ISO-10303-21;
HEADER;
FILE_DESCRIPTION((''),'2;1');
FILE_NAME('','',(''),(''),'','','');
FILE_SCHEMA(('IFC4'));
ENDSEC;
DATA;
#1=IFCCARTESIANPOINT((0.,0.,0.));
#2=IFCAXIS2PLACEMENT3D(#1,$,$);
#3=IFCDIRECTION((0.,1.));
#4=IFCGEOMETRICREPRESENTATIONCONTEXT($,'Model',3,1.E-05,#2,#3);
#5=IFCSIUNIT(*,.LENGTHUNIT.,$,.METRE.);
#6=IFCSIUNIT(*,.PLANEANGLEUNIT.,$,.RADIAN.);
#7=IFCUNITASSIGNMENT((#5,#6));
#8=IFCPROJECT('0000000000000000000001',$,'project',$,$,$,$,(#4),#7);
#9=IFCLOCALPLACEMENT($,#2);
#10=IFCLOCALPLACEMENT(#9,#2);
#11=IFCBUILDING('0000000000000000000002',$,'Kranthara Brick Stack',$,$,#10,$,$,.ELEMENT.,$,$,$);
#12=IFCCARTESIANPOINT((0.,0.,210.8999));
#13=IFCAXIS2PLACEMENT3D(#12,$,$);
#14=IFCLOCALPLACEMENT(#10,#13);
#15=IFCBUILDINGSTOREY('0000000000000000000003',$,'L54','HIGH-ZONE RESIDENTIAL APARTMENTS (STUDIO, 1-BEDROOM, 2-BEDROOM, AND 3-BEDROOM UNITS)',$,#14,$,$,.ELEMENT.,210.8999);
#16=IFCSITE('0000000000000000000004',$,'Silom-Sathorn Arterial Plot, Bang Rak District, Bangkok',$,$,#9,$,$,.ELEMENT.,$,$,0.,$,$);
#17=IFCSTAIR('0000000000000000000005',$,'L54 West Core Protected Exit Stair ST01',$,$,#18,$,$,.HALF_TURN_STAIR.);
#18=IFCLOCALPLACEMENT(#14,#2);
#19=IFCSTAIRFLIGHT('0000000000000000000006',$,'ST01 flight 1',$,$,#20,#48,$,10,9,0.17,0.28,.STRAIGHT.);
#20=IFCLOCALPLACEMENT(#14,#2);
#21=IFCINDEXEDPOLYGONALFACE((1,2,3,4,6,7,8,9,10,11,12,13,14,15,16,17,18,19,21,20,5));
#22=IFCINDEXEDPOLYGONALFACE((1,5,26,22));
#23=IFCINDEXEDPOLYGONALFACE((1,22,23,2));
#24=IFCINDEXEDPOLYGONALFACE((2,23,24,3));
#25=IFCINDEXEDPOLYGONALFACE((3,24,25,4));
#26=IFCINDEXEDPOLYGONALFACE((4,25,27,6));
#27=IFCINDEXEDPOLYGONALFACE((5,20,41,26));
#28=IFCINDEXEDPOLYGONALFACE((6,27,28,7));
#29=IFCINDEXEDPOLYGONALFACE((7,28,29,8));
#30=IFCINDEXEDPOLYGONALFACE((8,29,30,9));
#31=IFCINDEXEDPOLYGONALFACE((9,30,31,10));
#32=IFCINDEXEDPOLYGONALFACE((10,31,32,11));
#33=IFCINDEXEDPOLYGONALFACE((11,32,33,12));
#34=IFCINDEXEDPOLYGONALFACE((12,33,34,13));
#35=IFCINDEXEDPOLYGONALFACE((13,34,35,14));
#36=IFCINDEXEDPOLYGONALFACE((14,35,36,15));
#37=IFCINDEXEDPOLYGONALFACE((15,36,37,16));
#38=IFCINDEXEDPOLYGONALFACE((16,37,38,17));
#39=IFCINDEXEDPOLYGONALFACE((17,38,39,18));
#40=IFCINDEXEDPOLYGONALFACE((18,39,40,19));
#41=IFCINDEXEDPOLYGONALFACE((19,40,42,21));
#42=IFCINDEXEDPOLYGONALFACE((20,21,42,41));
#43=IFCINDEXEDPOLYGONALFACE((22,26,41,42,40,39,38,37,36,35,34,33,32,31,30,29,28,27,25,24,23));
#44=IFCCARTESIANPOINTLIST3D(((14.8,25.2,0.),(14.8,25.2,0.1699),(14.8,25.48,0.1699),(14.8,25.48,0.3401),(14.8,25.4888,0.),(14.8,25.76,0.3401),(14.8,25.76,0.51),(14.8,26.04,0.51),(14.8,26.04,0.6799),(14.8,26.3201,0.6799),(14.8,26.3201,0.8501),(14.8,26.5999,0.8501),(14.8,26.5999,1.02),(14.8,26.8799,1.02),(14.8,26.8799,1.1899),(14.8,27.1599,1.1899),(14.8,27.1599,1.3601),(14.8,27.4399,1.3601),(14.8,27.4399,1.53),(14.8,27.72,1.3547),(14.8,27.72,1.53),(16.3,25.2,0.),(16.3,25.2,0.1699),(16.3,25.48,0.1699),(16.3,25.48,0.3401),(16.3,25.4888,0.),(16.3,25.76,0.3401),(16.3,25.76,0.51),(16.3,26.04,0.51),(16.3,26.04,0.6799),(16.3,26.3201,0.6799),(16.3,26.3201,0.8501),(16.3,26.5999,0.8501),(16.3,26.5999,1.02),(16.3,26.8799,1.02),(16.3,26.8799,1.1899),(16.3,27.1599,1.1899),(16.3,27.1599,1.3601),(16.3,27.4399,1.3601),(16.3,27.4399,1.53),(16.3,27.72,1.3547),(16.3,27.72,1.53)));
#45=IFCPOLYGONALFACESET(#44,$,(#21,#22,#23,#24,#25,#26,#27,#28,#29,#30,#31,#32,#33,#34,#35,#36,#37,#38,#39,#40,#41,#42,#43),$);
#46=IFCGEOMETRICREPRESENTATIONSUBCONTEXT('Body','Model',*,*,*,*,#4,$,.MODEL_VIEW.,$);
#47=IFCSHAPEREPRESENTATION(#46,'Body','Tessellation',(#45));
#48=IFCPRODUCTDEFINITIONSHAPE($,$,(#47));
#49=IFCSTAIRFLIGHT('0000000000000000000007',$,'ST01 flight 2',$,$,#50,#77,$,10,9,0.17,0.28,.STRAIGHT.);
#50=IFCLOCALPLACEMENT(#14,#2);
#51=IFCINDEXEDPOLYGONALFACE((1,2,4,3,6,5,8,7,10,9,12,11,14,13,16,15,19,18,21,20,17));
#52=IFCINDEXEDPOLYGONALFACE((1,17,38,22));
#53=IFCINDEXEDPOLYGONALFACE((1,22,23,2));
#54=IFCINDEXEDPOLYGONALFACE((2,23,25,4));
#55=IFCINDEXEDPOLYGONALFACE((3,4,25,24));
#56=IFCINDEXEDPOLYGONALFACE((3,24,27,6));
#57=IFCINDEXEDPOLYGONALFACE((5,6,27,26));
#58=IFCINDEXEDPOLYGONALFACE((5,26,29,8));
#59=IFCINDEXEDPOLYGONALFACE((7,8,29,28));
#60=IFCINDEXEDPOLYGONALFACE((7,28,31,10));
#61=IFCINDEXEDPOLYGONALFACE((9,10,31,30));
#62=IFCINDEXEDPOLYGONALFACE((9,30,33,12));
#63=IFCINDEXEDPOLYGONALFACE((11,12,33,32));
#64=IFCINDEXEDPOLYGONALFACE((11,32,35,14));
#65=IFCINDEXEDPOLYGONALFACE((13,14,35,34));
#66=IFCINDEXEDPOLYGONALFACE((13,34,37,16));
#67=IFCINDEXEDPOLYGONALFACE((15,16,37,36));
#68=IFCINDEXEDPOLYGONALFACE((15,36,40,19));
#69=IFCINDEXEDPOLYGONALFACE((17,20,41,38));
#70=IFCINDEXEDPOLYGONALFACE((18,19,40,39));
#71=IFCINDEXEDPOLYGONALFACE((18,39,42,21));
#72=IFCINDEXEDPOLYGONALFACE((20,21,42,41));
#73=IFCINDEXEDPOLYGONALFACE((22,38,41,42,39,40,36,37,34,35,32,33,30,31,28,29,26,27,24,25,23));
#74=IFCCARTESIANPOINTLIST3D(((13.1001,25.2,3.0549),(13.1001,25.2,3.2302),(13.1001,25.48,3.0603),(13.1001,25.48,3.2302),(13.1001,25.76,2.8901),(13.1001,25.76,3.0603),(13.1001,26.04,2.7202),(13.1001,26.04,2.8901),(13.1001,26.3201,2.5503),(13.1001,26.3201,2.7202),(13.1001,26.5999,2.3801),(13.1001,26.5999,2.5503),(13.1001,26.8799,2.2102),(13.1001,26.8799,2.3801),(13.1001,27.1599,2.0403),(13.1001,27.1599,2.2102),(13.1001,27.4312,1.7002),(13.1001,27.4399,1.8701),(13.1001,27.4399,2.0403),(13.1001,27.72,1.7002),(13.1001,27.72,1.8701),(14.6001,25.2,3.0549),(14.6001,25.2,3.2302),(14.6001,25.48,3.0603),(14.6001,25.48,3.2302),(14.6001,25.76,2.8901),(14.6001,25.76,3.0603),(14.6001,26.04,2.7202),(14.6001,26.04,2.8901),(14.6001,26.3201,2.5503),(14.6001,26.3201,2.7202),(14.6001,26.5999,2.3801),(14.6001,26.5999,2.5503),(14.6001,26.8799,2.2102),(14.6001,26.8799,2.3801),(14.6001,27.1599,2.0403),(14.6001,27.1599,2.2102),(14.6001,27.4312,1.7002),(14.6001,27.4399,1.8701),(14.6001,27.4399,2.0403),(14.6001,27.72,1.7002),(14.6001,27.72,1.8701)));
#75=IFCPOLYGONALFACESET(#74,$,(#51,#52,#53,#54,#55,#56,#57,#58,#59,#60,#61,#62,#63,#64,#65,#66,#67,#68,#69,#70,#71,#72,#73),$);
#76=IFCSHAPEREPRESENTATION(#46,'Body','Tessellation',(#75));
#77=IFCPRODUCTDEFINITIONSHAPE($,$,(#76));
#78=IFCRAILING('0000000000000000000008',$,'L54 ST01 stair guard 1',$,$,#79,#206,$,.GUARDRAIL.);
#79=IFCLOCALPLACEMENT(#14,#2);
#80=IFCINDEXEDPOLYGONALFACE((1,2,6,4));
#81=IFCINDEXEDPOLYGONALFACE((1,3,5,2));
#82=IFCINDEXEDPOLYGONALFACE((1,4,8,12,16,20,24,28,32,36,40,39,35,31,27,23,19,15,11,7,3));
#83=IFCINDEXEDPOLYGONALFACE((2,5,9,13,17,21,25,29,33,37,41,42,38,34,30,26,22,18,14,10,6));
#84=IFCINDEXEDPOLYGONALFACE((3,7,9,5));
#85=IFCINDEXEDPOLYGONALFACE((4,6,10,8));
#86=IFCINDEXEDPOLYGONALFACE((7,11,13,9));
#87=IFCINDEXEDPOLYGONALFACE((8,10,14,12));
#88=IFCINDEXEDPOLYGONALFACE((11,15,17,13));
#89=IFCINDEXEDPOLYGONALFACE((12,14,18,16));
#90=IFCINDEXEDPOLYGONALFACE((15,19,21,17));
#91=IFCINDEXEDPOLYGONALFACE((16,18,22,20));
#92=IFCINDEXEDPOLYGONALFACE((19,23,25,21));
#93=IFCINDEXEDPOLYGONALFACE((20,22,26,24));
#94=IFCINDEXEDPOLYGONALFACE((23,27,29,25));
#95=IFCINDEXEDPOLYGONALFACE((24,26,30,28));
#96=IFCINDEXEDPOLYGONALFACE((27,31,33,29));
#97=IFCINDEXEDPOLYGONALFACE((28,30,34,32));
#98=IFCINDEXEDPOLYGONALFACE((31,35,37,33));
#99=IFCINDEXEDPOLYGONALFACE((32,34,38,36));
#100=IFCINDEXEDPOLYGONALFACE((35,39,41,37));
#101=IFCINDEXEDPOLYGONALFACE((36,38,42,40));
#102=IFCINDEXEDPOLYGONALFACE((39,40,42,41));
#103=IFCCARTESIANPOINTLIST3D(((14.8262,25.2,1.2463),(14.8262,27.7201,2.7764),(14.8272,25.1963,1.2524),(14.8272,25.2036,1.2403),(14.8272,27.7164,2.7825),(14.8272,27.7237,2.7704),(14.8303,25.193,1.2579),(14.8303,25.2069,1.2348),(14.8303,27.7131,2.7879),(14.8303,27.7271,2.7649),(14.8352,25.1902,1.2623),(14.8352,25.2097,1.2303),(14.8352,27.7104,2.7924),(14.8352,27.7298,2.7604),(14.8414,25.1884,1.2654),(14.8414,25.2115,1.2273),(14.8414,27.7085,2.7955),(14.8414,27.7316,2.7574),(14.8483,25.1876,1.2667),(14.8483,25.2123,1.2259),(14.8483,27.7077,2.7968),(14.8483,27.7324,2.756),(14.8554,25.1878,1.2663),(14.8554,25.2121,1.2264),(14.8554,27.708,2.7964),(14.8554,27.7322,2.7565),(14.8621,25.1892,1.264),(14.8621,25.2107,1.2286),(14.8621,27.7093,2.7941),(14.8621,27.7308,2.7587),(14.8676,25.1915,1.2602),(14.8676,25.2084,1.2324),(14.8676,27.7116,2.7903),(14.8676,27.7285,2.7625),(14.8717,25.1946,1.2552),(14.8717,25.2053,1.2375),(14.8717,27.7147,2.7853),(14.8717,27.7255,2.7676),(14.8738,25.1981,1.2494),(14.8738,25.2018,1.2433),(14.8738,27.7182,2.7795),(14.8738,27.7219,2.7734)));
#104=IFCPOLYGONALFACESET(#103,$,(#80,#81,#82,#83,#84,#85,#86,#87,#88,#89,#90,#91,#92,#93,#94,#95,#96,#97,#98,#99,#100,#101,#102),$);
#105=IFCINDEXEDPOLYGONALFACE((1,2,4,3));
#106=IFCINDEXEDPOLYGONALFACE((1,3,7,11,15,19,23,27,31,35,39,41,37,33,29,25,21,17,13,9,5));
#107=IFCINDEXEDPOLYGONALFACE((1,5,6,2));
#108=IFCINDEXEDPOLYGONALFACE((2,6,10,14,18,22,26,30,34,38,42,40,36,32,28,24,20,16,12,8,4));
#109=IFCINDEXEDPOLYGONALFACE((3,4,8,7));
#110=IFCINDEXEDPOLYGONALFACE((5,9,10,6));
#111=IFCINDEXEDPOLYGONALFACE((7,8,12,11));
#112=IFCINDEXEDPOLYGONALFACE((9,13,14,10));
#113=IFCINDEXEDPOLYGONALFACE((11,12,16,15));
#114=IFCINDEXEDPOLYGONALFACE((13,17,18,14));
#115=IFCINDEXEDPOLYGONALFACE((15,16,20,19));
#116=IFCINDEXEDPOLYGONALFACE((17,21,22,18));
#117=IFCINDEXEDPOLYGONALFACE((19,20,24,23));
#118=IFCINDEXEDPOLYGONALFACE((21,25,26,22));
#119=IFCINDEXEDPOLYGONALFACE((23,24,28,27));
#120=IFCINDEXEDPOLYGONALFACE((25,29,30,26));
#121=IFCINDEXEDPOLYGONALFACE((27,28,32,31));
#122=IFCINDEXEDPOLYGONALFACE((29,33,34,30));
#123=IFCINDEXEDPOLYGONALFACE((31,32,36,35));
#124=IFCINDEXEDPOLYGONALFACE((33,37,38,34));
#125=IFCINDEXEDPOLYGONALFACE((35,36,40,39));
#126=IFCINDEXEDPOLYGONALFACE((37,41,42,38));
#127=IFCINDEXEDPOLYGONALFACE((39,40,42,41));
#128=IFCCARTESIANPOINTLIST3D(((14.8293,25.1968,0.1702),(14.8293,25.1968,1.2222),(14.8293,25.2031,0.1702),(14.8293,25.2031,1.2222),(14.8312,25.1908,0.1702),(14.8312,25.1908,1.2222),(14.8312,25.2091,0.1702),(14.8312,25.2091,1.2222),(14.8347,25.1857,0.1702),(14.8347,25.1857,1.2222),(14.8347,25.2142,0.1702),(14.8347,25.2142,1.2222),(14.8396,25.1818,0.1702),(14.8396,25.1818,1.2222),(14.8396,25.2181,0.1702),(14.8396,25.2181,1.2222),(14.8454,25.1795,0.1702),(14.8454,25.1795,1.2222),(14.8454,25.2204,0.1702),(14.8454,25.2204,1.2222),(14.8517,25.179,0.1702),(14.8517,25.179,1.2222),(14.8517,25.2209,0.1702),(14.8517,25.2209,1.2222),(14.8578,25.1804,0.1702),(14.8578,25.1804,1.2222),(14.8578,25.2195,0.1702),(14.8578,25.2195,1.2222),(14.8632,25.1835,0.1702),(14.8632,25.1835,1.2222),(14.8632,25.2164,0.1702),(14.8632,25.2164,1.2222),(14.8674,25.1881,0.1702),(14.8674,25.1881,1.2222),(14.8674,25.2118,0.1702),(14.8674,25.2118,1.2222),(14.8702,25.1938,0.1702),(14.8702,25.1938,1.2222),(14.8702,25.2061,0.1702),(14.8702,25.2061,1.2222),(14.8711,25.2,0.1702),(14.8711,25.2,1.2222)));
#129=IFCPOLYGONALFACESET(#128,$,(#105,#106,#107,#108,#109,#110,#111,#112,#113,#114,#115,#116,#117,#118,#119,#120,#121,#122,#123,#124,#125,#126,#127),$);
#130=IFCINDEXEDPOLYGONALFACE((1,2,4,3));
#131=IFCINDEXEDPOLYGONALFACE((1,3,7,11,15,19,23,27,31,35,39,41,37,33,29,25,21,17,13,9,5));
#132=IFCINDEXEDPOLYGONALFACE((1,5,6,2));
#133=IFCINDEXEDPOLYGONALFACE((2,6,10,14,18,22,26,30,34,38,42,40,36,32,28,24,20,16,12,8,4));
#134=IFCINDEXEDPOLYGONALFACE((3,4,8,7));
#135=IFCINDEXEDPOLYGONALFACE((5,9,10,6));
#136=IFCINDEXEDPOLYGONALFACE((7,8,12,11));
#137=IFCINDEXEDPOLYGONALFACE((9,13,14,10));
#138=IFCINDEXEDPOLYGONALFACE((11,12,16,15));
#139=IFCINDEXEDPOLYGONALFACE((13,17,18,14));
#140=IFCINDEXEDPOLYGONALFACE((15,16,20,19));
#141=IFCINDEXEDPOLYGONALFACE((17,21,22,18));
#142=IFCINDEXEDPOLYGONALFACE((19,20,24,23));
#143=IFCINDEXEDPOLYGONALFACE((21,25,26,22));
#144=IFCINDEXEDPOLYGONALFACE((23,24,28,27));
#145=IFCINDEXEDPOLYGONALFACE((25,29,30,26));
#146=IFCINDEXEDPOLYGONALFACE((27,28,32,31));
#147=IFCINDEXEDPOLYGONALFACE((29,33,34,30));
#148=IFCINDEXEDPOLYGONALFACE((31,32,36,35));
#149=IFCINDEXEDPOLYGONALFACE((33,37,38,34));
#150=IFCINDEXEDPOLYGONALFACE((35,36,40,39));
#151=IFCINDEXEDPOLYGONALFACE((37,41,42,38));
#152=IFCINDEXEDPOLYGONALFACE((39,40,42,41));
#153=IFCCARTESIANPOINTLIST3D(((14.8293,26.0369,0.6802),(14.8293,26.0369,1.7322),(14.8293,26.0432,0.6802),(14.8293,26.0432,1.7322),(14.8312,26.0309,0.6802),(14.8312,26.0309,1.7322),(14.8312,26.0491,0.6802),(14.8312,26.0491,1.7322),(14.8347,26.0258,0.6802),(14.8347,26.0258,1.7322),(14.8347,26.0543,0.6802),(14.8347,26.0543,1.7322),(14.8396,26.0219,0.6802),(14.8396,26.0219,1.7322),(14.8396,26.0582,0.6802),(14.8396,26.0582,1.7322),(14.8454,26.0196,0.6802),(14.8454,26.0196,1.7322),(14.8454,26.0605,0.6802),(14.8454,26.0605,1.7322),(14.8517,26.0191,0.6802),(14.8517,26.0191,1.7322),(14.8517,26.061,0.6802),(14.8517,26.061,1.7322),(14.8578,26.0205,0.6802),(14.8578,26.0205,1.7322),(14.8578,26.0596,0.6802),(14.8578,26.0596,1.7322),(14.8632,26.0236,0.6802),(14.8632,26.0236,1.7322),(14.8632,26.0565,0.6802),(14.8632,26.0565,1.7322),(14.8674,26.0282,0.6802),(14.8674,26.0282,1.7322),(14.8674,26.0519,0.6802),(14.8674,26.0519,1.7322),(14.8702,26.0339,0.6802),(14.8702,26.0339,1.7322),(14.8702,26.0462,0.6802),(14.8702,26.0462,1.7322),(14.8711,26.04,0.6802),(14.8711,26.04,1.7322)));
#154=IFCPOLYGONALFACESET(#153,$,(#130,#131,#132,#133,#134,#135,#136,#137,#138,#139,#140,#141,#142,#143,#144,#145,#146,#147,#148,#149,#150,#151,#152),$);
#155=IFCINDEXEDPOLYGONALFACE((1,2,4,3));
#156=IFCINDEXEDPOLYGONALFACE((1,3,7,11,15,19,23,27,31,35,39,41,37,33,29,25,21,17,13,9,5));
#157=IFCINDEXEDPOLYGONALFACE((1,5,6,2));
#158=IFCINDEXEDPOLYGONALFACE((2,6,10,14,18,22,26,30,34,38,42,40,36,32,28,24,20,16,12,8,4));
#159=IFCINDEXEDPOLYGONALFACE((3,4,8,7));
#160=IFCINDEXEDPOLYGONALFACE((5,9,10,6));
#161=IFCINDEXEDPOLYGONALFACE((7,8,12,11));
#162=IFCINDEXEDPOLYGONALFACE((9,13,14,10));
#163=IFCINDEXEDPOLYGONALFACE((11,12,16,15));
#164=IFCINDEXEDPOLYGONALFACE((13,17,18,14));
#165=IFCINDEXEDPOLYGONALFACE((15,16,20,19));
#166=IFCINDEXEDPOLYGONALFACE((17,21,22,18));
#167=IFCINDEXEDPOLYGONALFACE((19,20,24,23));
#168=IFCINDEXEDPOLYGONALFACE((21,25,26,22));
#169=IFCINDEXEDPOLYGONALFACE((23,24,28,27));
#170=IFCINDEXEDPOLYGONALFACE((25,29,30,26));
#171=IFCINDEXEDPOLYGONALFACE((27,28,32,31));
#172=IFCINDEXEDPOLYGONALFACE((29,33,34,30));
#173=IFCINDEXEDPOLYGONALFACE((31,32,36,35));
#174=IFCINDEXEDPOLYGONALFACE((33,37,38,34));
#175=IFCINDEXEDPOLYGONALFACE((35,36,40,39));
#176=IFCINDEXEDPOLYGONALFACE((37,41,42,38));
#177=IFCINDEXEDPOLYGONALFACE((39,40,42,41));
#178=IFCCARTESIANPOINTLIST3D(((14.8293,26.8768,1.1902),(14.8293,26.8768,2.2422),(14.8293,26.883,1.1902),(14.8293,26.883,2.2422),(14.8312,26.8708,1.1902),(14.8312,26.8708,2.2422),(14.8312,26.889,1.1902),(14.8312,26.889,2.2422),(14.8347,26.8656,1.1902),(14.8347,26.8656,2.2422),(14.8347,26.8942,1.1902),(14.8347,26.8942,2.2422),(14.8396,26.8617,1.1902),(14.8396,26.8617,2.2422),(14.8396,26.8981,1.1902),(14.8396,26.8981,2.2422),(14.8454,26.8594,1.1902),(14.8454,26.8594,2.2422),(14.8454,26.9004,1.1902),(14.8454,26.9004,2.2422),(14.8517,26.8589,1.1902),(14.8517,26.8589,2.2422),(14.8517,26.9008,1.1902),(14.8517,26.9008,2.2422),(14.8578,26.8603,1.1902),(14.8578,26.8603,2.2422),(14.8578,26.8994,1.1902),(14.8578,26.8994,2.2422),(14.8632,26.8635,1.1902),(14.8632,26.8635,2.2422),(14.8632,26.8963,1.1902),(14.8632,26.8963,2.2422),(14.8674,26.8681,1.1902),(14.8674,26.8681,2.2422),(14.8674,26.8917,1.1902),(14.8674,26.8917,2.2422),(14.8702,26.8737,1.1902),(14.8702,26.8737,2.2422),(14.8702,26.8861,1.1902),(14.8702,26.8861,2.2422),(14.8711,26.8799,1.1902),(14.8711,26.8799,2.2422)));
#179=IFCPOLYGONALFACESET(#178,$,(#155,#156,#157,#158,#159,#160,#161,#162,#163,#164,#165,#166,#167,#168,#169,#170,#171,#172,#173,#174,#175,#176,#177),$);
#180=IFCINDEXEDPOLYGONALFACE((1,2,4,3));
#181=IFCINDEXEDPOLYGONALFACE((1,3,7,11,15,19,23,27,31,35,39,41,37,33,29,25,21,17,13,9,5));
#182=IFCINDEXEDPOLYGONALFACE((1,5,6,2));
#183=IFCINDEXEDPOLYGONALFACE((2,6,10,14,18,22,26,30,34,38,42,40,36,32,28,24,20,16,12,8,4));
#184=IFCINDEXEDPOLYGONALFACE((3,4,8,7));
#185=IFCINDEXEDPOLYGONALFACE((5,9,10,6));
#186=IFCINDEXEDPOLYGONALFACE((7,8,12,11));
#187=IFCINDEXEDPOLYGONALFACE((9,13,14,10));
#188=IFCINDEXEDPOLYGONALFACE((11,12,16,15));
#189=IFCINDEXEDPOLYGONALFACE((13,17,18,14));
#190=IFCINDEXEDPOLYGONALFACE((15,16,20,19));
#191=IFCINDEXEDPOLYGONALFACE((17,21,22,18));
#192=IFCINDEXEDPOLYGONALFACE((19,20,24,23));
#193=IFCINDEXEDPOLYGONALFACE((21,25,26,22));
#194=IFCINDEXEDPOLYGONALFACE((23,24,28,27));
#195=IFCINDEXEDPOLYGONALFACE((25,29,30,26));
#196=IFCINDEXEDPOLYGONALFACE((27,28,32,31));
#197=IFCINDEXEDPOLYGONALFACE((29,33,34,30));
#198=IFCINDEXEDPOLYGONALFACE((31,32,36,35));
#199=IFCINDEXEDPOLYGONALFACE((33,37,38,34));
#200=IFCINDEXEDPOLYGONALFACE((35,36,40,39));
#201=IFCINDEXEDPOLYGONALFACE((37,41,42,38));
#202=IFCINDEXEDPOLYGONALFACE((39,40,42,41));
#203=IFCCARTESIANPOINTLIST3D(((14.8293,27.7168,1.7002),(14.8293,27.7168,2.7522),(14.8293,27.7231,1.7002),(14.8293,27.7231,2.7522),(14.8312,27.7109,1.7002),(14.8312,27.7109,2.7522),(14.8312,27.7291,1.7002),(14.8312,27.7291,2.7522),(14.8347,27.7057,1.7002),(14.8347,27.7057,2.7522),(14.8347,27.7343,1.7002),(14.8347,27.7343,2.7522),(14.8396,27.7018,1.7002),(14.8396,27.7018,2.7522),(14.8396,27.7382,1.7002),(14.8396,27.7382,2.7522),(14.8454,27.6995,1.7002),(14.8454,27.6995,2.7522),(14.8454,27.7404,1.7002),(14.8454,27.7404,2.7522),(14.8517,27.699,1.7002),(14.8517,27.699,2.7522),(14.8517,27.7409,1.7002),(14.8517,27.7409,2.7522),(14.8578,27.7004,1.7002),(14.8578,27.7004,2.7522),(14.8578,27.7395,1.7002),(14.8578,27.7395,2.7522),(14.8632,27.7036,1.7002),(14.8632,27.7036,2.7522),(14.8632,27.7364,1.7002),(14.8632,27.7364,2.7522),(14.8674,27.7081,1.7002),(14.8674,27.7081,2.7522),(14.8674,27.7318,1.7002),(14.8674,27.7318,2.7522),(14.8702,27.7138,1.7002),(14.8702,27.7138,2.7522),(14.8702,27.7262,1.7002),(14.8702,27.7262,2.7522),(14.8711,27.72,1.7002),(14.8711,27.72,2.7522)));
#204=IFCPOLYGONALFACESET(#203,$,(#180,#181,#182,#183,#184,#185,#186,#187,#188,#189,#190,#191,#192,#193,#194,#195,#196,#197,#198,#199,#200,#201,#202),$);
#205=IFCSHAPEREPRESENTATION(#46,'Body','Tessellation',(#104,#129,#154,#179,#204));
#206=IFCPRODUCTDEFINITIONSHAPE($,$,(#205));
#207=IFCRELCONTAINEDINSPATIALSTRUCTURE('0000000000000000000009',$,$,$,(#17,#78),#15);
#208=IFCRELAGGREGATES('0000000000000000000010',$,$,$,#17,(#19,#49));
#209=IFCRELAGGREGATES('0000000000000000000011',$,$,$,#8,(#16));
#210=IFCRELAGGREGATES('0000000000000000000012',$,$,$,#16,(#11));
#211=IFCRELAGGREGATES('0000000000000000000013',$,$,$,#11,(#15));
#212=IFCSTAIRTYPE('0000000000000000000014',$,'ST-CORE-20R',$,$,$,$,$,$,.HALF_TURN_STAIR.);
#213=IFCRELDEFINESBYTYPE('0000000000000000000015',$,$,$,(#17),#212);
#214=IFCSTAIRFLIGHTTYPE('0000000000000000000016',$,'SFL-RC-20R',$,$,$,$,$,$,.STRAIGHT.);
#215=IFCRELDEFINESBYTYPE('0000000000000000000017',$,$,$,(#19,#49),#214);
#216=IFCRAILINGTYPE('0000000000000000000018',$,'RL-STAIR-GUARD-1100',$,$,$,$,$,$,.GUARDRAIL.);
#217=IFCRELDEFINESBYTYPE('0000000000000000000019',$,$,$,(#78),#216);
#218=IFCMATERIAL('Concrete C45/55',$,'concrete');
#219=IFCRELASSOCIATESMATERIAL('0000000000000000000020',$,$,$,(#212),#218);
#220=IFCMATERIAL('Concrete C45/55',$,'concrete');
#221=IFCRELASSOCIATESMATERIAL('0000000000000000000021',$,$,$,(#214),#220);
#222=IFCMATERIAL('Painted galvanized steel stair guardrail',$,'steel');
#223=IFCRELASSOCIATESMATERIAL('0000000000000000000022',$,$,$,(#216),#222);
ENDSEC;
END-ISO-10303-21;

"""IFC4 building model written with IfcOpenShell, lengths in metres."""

from ifc_helpers import new_model, si_unit, direction, frame, origin, origin_2d, place, context, subcontext, project, spatial, polyline, circle, outline, extrude, material, type_object, element, aggregate, save


model = new_model("IFC4")

# Units and contexts
model_context = context("Model", 3, precision=1e-05, world=origin(), true_north=direction((0.0, 1.0)))
body_context = subcontext(model_context, "Body", "Model", "MODEL_VIEW")
ifc_project = project(units=[si_unit("LENGTHUNIT", "METRE"), si_unit("PLANEANGLEUNIT", "RADIAN")], contexts=[model_context])

# Site, building, storey
site_placement = place(None, origin())
site = spatial("IfcSite", under=ifc_project, at=site_placement, Name="Silom-Sathorn Arterial Plot, Bang Rak District, Bangkok", CompositionType="ELEMENT", RefElevation=0.0)
building_placement = place(site_placement, origin())
building = spatial("IfcBuilding", under=site, at=building_placement, Name="Kranthara Brick Stack", CompositionType="ELEMENT")
storey_placement = place(building_placement, frame((0.0, 0.0, 210.8999)))
storey = spatial("IfcBuildingStorey", under=building, at=storey_placement, Name="L54", Description="HIGH-ZONE RESIDENTIAL APARTMENTS (STUDIO, 1-BEDROOM, 2-BEDROOM, AND 3-BEDROOM UNITS)", CompositionType="ELEMENT", Elevation=210.8999)

# Stair, stair flights
ifc_material_1 = material(Name="Concrete C45/55", Category="concrete")
stair_type = type_object("IfcStairType", Name="ST-CORE-20R", PredefinedType="HALF_TURN_STAIR", material=ifc_material_1)
stair_placement = place(storey_placement, origin())
stair = element("IfcStair", 1, at=stair_placement, inside=storey, type_object=stair_type, Name="L54 West Core Protected Exit Stair ST01", PredefinedType="HALF_TURN_STAIR")
ifc_material_2 = material(Name="Concrete C45/55", Category="concrete")
stair_flight_type = type_object("IfcStairFlightType", Name="SFL-RC-20R", PredefinedType="STRAIGHT", material=ifc_material_2)
stair_flight_1_placement = place(storey_placement, frame((15.55, 25.2, 0.0), z_axis=(0.0, 0.0, 1.0), x_axis=(0.0, 1.0, 0.0)))
stair_flight_1 = element("IfcStairFlight", 2, at=stair_flight_1_placement, type_object=stair_flight_type, Name="ST01 flight 1", NumberOfRisers=10, NumberOfTreads=9, PredefinedType="STRAIGHT", RiserHeight=0.17, TreadLength=0.28, context=body_context, shape_type="SweptSolid", body=[
    extrude(outline(polyline([(0.0, 0.0), (0.0, 0.1699), (0.28, 0.1699), (0.28, 0.3401), (0.5601, 0.3401), (0.5601, 0.51), (0.8401, 0.51), (0.8401, 0.6799), (1.1201, 0.6799), (1.1201, 0.8501), (1.3999, 0.8501), (1.3999, 1.02), (1.6799, 1.02), (1.6799, 1.1899), (1.96, 1.1899), (1.96, 1.3601), (2.24, 1.3601), (2.24, 1.53), (2.52, 1.53), (2.52, 1.7), (2.52, 1.3547), (0.2888, 0.0), (0.0, 0.0)])), frame((0.0, 0.75, 0.0), z_axis=(0.0, -1.0, 0.0), x_axis=(1.0, 0.0, 0.0)), (0.0, 0.0, 1.0), 1.5),
])
stair_flight_2_placement = place(storey_placement, frame((13.8501, 27.72, 1.7002), z_axis=(0.0, 0.0, 1.0), x_axis=(0.0, -1.0, 0.0)))
stair_flight_2 = element("IfcStairFlight", 3, at=stair_flight_2_placement, type_object=stair_flight_type, Name="ST01 flight 2", NumberOfRisers=10, NumberOfTreads=9, PredefinedType="STRAIGHT", RiserHeight=0.17, TreadLength=0.28, context=body_context, shape_type="SweptSolid", body=[
    extrude(outline(polyline([(0.0, 0.0), (0.0, 0.1699), (0.28, 0.1699), (0.28, 0.3401), (0.5601, 0.3401), (0.5601, 0.51), (0.8401, 0.51), (0.8401, 0.6799), (1.1201, 0.6799), (1.1201, 0.8501), (1.3999, 0.8501), (1.3999, 1.02), (1.6799, 1.02), (1.6799, 1.1899), (1.96, 1.1899), (1.96, 1.3601), (2.24, 1.3601), (2.24, 1.53), (2.52, 1.53), (2.52, 1.7), (2.52, 1.3547), (0.2888, 0.0), (0.0, 0.0)])), frame((0.0, 0.75, 0.0), z_axis=(0.0, -1.0, 0.0), x_axis=(1.0, 0.0, 0.0)), (0.0, 0.0, 1.0), 1.5),
])
aggregate(stair, [stair_flight_1, stair_flight_2])

# Railing
ifc_material_3 = material(Name="Painted galvanized steel stair guardrail", Category="steel")
railing_type_1 = type_object("IfcRailingType", Name="RL-STAIR-GUARD-1100", PredefinedType="GUARDRAIL", material=ifc_material_3)
railing_1_placement = place(storey_placement, frame((14.8501, 25.2, 0.1702)))
element("IfcRailing", 4, at=railing_1_placement, inside=storey, type_object=railing_type_1, Name="L54 ST01 stair guard 1", PredefinedType="GUARDRAIL", context=body_context, shape_type="SweptSolid", body=[
    extrude(circle(Radius=0.0239, at=origin_2d()), frame((0.0, 0.0, 1.0762), z_axis=(0.0, 0.854785, 0.518982), x_axis=(-1.0, 0.0, 0.0)), (0.0, 0.0, 1.0), 2.9482),
    extrude(circle(Radius=0.021, at=origin_2d()), origin(), (0.0, 0.0, 1.0), 1.052),
    extrude(circle(Radius=0.021, at=origin_2d()), frame((0.0, 0.8401, 0.51)), (0.0, 0.0, 1.0), 1.052),
    extrude(circle(Radius=0.021, at=origin_2d()), frame((0.0, 1.6799, 1.02)), (0.0, 0.0, 1.0), 1.052),
    extrude(circle(Radius=0.021, at=origin_2d()), frame((0.0, 2.52, 1.53)), (0.0, 0.0, 1.0), 1.052),
])

save(model, "model.ifc")
